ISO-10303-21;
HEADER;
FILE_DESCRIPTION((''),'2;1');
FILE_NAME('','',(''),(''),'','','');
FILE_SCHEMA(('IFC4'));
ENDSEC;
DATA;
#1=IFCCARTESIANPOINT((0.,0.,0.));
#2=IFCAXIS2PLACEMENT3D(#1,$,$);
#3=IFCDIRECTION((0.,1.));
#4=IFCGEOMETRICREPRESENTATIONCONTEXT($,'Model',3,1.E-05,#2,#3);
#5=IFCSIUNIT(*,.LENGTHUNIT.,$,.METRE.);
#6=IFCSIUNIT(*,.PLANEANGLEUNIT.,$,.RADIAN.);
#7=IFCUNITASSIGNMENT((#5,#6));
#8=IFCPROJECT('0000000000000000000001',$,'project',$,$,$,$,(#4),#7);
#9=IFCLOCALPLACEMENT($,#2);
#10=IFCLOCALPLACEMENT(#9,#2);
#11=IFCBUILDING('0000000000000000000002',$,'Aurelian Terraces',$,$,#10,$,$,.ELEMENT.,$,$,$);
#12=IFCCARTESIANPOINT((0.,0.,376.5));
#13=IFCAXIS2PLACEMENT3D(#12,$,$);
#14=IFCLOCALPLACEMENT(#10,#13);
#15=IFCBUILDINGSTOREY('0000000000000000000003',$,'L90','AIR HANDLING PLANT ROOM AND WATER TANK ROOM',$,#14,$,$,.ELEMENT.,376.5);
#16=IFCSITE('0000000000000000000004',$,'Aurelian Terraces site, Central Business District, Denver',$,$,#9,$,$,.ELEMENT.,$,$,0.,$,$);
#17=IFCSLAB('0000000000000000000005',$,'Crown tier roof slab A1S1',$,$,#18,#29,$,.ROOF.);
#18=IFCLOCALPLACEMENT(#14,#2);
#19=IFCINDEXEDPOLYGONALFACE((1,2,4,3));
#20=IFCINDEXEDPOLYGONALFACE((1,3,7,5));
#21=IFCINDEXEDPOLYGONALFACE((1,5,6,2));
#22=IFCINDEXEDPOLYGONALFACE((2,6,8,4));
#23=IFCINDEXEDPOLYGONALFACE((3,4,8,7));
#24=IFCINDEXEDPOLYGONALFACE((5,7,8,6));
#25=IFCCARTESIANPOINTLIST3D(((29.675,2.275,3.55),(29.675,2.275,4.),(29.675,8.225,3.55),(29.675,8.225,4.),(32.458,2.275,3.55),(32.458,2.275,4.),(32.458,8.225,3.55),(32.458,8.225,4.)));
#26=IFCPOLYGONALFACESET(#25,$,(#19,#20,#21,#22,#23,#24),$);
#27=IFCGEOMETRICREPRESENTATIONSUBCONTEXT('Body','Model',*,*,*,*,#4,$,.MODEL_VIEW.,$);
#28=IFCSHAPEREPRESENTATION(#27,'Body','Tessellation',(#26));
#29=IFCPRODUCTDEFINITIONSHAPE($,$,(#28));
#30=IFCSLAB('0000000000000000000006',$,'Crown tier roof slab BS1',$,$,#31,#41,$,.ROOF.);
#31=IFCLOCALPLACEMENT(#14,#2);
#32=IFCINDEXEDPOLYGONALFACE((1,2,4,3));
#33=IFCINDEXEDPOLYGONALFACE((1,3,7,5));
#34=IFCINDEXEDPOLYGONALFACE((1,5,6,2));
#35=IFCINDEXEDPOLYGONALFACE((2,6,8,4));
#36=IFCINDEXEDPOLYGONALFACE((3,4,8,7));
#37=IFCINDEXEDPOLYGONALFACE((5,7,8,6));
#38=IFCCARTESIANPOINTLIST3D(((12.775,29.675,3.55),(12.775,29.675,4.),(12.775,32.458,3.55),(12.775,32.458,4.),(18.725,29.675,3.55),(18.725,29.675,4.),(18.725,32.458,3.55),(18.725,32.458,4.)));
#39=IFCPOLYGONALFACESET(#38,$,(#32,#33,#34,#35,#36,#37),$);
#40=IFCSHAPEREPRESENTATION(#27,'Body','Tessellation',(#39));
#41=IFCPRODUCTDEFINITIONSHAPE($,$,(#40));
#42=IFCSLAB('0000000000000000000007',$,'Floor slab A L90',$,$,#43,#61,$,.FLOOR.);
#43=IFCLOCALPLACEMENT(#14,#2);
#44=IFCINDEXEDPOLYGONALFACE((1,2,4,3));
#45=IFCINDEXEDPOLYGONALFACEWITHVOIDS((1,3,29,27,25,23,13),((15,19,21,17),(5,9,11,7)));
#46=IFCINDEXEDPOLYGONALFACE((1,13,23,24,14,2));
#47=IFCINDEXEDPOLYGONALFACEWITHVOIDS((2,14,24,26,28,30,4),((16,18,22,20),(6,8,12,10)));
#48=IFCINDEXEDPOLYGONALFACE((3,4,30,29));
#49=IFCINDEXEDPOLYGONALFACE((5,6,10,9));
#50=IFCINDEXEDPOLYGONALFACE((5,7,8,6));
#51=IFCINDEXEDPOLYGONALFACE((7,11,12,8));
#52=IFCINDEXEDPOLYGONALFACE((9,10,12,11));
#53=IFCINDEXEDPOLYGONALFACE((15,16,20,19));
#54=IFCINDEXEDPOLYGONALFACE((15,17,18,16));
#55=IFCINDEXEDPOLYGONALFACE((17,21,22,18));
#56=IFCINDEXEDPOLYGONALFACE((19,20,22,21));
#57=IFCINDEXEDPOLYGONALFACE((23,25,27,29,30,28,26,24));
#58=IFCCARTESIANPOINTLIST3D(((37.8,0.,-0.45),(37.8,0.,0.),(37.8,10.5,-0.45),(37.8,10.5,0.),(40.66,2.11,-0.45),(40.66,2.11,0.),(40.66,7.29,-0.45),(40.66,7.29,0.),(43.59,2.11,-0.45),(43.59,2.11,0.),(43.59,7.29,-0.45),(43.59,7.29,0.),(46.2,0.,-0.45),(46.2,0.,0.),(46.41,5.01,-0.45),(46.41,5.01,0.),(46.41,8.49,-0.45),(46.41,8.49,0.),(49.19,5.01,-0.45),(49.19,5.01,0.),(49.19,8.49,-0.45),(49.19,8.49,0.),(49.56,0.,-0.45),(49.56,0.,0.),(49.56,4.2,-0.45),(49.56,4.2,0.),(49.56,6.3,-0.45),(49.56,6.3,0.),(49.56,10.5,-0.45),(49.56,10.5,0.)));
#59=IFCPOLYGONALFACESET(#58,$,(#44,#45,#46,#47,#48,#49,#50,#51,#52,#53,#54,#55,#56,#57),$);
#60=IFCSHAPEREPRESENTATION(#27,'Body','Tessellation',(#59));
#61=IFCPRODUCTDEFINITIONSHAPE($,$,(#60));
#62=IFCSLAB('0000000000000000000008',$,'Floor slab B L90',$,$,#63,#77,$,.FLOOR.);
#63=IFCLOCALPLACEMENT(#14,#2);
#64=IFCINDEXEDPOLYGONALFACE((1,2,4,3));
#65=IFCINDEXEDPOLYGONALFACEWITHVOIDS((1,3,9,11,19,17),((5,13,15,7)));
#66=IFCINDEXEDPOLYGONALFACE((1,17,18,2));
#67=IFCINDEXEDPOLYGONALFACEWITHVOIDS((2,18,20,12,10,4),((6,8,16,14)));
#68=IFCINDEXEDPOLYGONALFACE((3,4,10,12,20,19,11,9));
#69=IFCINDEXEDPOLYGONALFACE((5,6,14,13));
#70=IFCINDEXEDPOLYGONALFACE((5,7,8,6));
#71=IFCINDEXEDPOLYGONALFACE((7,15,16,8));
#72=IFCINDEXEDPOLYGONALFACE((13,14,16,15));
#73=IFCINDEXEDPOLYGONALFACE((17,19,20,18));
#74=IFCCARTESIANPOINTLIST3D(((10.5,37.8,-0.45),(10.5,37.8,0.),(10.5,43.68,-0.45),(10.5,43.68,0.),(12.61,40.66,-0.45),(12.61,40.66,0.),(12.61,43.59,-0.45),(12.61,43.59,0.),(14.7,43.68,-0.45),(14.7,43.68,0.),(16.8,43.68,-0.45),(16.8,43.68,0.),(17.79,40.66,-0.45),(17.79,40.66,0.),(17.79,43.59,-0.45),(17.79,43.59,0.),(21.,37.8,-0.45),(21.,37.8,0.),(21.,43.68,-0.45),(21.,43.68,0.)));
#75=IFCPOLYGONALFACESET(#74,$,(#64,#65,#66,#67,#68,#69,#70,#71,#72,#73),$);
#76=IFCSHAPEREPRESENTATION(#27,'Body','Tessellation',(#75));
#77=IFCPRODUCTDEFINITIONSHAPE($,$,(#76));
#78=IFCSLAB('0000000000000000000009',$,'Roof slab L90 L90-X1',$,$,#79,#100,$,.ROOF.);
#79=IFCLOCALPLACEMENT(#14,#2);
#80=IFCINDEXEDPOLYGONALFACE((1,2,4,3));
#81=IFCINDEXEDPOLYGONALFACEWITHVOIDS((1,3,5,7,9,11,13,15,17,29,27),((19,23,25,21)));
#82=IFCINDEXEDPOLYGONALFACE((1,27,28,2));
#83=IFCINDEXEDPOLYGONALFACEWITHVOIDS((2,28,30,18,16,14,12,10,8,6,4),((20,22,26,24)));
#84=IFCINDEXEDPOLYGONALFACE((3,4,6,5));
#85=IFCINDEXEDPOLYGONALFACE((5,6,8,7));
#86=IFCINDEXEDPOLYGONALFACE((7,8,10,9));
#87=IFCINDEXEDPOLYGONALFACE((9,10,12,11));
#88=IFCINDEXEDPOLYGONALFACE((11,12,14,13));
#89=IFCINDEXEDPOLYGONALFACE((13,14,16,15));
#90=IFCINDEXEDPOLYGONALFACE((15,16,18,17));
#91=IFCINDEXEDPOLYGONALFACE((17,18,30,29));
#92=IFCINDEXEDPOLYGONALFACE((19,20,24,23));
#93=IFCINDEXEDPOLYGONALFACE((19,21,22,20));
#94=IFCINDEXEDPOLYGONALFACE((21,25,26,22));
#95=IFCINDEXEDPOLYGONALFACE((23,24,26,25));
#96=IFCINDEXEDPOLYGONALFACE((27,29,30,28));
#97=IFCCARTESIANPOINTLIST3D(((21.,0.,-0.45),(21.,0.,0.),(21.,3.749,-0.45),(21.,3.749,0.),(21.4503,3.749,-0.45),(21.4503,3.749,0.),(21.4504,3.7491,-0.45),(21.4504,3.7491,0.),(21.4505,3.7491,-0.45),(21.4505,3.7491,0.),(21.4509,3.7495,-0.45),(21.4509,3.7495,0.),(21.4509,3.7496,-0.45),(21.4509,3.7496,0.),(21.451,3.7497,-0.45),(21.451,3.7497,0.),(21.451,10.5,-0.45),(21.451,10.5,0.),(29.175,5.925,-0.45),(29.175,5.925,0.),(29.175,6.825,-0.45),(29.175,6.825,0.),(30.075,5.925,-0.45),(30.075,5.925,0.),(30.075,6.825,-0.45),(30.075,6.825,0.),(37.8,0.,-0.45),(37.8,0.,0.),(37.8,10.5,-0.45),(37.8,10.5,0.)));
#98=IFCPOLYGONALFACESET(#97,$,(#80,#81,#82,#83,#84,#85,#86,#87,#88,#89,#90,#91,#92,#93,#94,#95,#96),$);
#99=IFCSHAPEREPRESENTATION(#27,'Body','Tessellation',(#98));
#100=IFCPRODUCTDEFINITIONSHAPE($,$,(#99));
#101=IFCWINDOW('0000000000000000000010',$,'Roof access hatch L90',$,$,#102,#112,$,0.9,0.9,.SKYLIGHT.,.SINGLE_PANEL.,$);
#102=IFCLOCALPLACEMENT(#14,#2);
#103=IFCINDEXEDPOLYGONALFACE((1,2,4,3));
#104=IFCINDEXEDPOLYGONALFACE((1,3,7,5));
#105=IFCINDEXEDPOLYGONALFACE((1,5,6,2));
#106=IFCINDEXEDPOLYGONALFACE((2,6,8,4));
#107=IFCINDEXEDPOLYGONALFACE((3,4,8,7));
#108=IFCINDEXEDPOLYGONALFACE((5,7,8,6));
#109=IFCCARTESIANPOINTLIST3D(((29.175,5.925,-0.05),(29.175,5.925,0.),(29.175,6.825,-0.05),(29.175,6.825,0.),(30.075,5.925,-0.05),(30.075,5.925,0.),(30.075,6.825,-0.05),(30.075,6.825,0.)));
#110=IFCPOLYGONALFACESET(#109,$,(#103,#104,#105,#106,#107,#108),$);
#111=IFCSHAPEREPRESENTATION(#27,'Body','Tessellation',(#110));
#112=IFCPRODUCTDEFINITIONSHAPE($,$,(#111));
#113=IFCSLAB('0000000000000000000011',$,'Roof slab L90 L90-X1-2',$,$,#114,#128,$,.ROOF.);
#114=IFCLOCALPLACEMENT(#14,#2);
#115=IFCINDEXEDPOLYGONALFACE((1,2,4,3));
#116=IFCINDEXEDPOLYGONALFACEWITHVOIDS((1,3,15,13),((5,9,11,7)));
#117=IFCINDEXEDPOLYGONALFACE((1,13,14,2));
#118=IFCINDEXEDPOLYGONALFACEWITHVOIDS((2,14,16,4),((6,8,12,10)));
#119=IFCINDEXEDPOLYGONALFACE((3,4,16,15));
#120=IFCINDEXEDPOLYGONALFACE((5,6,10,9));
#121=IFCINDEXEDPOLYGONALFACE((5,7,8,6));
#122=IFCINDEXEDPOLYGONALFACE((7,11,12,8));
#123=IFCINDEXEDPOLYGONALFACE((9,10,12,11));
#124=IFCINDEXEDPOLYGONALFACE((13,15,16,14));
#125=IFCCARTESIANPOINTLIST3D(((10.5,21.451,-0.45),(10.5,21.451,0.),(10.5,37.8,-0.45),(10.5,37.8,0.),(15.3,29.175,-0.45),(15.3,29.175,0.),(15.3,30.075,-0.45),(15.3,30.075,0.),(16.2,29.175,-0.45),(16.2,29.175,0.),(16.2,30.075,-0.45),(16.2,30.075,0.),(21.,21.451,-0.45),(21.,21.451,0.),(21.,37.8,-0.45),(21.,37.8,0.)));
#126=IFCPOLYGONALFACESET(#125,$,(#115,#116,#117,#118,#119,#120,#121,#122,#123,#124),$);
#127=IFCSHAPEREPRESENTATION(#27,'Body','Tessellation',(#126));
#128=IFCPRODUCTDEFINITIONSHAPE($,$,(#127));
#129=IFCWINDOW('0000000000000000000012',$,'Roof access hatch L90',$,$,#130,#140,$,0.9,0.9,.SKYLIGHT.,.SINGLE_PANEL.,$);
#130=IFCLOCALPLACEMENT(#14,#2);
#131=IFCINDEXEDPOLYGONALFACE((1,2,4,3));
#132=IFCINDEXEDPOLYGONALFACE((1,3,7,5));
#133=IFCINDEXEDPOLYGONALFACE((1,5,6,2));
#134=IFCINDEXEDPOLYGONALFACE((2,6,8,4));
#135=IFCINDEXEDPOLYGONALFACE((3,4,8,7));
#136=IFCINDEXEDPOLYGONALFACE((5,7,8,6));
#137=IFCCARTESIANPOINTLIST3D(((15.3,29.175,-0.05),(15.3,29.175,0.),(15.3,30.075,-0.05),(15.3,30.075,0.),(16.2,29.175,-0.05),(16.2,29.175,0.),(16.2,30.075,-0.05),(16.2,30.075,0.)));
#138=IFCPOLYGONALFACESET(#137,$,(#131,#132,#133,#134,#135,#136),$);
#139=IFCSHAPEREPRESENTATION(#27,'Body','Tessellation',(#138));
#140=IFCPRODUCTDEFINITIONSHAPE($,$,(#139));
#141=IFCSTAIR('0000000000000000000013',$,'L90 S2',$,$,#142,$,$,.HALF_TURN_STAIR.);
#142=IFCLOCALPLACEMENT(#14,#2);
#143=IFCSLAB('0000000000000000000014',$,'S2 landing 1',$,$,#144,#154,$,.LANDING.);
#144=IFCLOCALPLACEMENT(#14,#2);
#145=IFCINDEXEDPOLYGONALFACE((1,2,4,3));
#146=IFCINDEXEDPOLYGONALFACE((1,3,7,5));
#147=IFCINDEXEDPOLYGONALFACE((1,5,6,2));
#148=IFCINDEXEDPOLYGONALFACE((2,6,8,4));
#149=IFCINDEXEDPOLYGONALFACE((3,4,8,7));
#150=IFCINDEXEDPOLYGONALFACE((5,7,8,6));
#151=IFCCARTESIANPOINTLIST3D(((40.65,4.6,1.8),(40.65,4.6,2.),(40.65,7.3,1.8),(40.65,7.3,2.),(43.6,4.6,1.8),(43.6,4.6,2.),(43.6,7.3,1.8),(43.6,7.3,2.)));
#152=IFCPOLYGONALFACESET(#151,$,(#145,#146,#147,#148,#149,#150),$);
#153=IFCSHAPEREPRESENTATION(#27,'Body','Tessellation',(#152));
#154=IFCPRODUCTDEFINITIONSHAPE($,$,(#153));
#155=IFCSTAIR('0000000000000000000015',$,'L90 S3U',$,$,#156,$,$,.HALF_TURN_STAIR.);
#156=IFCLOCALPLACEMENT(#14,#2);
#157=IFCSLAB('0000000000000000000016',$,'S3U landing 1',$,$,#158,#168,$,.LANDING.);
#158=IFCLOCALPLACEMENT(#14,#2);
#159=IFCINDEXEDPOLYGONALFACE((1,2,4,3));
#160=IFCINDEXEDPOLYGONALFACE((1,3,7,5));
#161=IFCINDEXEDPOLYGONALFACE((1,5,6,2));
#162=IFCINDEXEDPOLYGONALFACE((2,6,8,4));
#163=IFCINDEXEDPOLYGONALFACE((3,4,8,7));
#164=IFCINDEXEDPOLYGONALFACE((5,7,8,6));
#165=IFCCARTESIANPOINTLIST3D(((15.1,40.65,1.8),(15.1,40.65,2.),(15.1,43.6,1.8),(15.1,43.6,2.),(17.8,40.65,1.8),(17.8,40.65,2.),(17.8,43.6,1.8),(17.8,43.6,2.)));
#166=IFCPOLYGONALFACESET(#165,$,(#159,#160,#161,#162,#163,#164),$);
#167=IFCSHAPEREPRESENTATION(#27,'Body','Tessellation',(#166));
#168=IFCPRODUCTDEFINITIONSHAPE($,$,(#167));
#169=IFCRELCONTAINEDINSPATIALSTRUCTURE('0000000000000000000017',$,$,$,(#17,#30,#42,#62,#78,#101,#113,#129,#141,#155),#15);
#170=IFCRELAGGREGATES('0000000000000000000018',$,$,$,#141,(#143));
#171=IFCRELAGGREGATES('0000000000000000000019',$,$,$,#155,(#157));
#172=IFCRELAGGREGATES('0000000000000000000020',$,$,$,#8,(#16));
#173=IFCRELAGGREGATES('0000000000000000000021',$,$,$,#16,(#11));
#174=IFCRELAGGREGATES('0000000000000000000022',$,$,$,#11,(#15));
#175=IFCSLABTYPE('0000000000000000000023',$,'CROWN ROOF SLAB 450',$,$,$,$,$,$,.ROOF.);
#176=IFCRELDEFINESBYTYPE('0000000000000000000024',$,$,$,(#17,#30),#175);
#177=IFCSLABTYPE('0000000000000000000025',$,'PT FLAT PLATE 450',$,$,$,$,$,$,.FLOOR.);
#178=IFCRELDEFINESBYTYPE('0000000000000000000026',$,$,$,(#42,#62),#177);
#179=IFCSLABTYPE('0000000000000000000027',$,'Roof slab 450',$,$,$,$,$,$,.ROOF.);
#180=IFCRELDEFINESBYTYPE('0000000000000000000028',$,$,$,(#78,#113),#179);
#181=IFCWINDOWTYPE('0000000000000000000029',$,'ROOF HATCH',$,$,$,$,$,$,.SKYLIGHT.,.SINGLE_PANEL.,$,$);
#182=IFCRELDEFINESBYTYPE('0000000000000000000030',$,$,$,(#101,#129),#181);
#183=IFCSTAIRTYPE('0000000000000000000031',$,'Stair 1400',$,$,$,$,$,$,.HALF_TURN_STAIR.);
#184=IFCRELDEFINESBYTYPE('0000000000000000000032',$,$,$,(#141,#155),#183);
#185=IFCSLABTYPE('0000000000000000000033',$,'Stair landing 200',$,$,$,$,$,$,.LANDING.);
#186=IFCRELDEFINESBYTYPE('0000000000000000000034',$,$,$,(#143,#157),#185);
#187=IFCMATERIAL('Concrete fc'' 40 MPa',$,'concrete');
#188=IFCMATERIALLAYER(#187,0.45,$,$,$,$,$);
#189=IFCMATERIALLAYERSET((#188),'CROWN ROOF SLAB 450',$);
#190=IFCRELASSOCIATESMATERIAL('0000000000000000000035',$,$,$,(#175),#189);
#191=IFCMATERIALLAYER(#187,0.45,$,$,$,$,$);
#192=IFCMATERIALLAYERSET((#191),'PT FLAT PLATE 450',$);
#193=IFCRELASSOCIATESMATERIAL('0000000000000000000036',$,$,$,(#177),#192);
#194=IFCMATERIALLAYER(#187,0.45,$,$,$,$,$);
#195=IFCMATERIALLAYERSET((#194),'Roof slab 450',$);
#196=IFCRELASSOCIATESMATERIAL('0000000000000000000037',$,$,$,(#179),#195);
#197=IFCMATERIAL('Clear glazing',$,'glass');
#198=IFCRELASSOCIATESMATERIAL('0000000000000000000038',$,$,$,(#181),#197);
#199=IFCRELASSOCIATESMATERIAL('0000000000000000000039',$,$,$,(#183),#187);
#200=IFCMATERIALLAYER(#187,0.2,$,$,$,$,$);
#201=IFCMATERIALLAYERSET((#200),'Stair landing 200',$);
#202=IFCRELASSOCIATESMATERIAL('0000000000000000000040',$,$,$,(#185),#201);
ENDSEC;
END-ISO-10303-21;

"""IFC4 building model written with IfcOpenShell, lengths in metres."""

from ifc_helpers import new_model, si_unit, direction, frame, origin, origin_2d, place, context, subcontext, project, spatial, polyline, rectangle, outline, extrude, source, transform, mapped, material, layer, layer_set, type_object, element, fill, aggregate, save


model = new_model("IFC4")

# Units and contexts
model_context = context("Model", 3, precision=1e-05, world=origin(), true_north=direction((0.0, 1.0)))
body_context = subcontext(model_context, "Body", "Model", "MODEL_VIEW")
ifc_project = project(units=[si_unit("LENGTHUNIT", "METRE"), si_unit("PLANEANGLEUNIT", "RADIAN")], contexts=[model_context])

# Site, building, storey
site_placement = place(None, origin())
site = spatial("IfcSite", under=ifc_project, at=site_placement, Name="Aurelian Terraces site, Central Business District, Denver", CompositionType="ELEMENT", RefElevation=0.0)
building_placement = place(site_placement, origin())
building = spatial("IfcBuilding", under=site, at=building_placement, Name="Aurelian Terraces", CompositionType="ELEMENT")
storey_placement = place(building_placement, frame((0.0, 0.0, 376.5)))
storey = spatial("IfcBuildingStorey", under=building, at=storey_placement, Name="L90", Description="AIR HANDLING PLANT ROOM AND WATER TANK ROOM", CompositionType="ELEMENT", Elevation=376.5)

# Slabs
ifc_material_1 = material(Name="Concrete fc' 40 MPa", Category="concrete")
ifc_layer_1 = layer(ifc_material_1, 0.45)
ifc_layer_set_1 = layer_set([ifc_layer_1], Name="CROWN ROOF SLAB 450")
slab_type_1 = type_object("IfcSlabType", Name="CROWN ROOF SLAB 450", PredefinedType="ROOF", material=ifc_layer_set_1)
slab_1_placement = place(storey_placement, frame((0.0, 0.0, 3.55)))
element("IfcSlab", 1, at=slab_1_placement, inside=storey, type_object=slab_type_1, Name="Crown tier roof slab A1S1", PredefinedType="ROOF", context=body_context, shape_type="SweptSolid", body=[
    extrude(outline(polyline([(32.458, 2.275), (32.458, 8.225), (29.675, 8.225), (29.675, 2.275), (32.458, 2.275)])), origin(), (0.0, 0.0, 1.0), 0.45),
])
slab_2_placement = place(storey_placement, frame((0.0, 0.0, 3.55)))
element("IfcSlab", 2, at=slab_2_placement, inside=storey, type_object=slab_type_1, Name="Crown tier roof slab BS1", PredefinedType="ROOF", context=body_context, shape_type="SweptSolid", body=[
    extrude(outline(polyline([(18.725, 29.675), (18.725, 32.458), (12.775, 32.458), (12.775, 29.675), (18.725, 29.675)])), origin(), (0.0, 0.0, 1.0), 0.45),
])
ifc_layer_2 = layer(ifc_material_1, 0.45)
ifc_layer_set_2 = layer_set([ifc_layer_2], Name="PT FLAT PLATE 450")
slab_type_2 = type_object("IfcSlabType", Name="PT FLAT PLATE 450", PredefinedType="FLOOR", material=ifc_layer_set_2)
slab_3_placement = place(storey_placement, frame((0.0, 0.0, -0.45)))
element("IfcSlab", 3, at=slab_3_placement, inside=storey, type_object=slab_type_2, Name="Floor slab A L90", PredefinedType="FLOOR", context=body_context, shape_type="SweptSolid", body=[
    extrude(outline(polyline([(37.8, 0.0), (37.8, 10.5), (49.56, 10.5), (49.56, 6.3), (49.56, 4.2), (49.56, 0.0), (46.2, 0.0), (37.8, 0.0)]), holes=[polyline([(46.41, 8.49), (46.41, 5.01), (49.19, 5.01), (49.19, 8.49), (46.41, 8.49)]), polyline([(43.59, 2.11), (43.59, 7.29), (40.66, 7.29), (40.66, 2.11), (43.59, 2.11)])]), origin(), (0.0, 0.0, 1.0), 0.45),
])
slab_4_placement = place(storey_placement, frame((0.0, 0.0, -0.45)))
element("IfcSlab", 4, at=slab_4_placement, inside=storey, type_object=slab_type_2, Name="Floor slab B L90", PredefinedType="FLOOR", context=body_context, shape_type="SweptSolid", body=[
    extrude(outline(polyline([(14.7, 43.68), (16.8, 43.68), (21.0, 43.68), (21.0, 37.8), (10.5, 37.8), (10.5, 43.68), (14.7, 43.68)]), holes=[polyline([(12.61, 43.59), (12.61, 40.66), (17.79, 40.66), (17.79, 43.59), (12.61, 43.59)])]), origin(), (0.0, 0.0, 1.0), 0.45),
])

# Slabs, openings, windows
ifc_layer_3 = layer(ifc_material_1, 0.45)
ifc_layer_set_3 = layer_set([ifc_layer_3], Name="Roof slab 450")
slab_type_3 = type_object("IfcSlabType", Name="Roof slab 450", PredefinedType="ROOF", material=ifc_layer_set_3)
slab_5_placement = place(storey_placement, frame((0.0, 0.0, -0.45)))
slab_5 = element("IfcSlab", 5, at=slab_5_placement, inside=storey, type_object=slab_type_3, Name="Roof slab L90 L90-X1", PredefinedType="ROOF", context=body_context, shape_type="SweptSolid", body=[
    extrude(outline(polyline([(21.0, 0.0), (21.0, 3.749), (21.45, 3.749), (21.4501, 3.749), (21.4502, 3.749), (21.4503, 3.749), (21.4504, 3.7491), (21.4505, 3.7491), (21.4506, 3.7492), (21.4506, 3.7492), (21.4507, 3.7493), (21.4508, 3.7494), (21.4508, 3.7494), (21.4509, 3.7495), (21.4509, 3.7496), (21.451, 3.7497), (21.451, 3.7498), (21.451, 3.7499), (21.451, 3.75), (21.451, 10.5), (37.8, 10.5), (37.8, 0.0), (29.4, 0.0), (21.0, 0.0)])), origin(), (0.0, 0.0, 1.0), 0.45),
])
shared_shape_1 = source(origin(), body_context, "Body", "SweptSolid", [
    extrude(rectangle(XDim=0.9, YDim=0.9, at=origin_2d()), frame((0.0, 0.0, -0.01)), (0.0, 0.0, 1.0), 0.47),
])
opening_1_placement = place(slab_5_placement, frame((29.625, 6.375, 0.0)))
opening_1 = element("IfcOpeningElement", 6, at=opening_1_placement, cuts=slab_5, PredefinedType="OPENING", context=body_context, shape_type="MappedRepresentation", body=[
    mapped(shared_shape_1, transform((0.0, 0.0, 0.0), scale=1.0)),
])
ifc_material_2 = material(Name="Clear glazing", Category="glass")
window_type = type_object("IfcWindowType", Name="ROOF HATCH", PartitioningType="SINGLE_PANEL", PredefinedType="SKYLIGHT", material=ifc_material_2)
shared_shape_2 = source(origin(), body_context, "Body", "SweptSolid", [
    extrude(rectangle(XDim=0.9, YDim=0.9, at=origin_2d()), origin(), (0.0, 0.0, 1.0), 0.05),
])
window_1_placement = place(opening_1_placement, frame((0.0, 0.0, 0.4)))
window_1 = element("IfcWindow", 7, at=window_1_placement, inside=storey, type_object=window_type, Name="Roof access hatch L90", OverallHeight=0.9, OverallWidth=0.9, PartitioningType="SINGLE_PANEL", PredefinedType="SKYLIGHT", context=body_context, shape_type="MappedRepresentation", body=[
    mapped(shared_shape_2, transform((0.0, 0.0, 0.0), scale=1.0)),
])
fill(opening_1, window_1)
slab_6_placement = place(storey_placement, frame((0.0, 0.0, -0.45)))
slab_6 = element("IfcSlab", 8, at=slab_6_placement, inside=storey, type_object=slab_type_3, Name="Roof slab L90 L90-X1-2", PredefinedType="ROOF", context=body_context, shape_type="SweptSolid", body=[
    extrude(outline(polyline([(10.5, 37.8), (21.0, 37.8), (21.0, 29.4), (21.0, 21.451), (10.5, 21.451), (10.5, 37.8)])), origin(), (0.0, 0.0, 1.0), 0.45),
])
opening_2_placement = place(slab_6_placement, frame((15.75, 29.625, 0.0)))
opening_2 = element("IfcOpeningElement", 9, at=opening_2_placement, cuts=slab_6, PredefinedType="OPENING", context=body_context, shape_type="MappedRepresentation", body=[
    mapped(shared_shape_1, transform((0.0, 0.0, 0.0), scale=1.0)),
])
window_2_placement = place(opening_2_placement, frame((0.0, 0.0, 0.4)))
window_2 = element("IfcWindow", 10, at=window_2_placement, inside=storey, type_object=window_type, Name="Roof access hatch L90", OverallHeight=0.9, OverallWidth=0.9, PartitioningType="SINGLE_PANEL", PredefinedType="SKYLIGHT", context=body_context, shape_type="MappedRepresentation", body=[
    mapped(shared_shape_2, transform((0.0, 0.0, 0.0), scale=1.0)),
])
fill(opening_2, window_2)

# Stairs, slabs
stair_type = type_object("IfcStairType", Name="Stair 1400", PredefinedType="HALF_TURN_STAIR", material=ifc_material_1)
stair_1_placement = place(storey_placement, origin())
stair_1 = element("IfcStair", 11, at=stair_1_placement, inside=storey, type_object=stair_type, Name="L90 S2", PredefinedType="HALF_TURN_STAIR")
ifc_layer_4 = layer(ifc_material_1, 0.2)
ifc_layer_set_4 = layer_set([ifc_layer_4], Name="Stair landing 200")
slab_type_4 = type_object("IfcSlabType", Name="Stair landing 200", PredefinedType="LANDING", material=ifc_layer_set_4)
shared_shape_3 = source(origin(), body_context, "Body", "SweptSolid", [
    extrude(outline(polyline([(43.6, 4.6), (43.6, 7.3), (40.65, 7.3), (40.65, 4.6), (43.6, 4.6)])), origin(), (0.0, 0.0, 1.0), 0.2),
])
slab_7_placement = place(storey_placement, frame((0.0, 0.0, 1.8)))
slab_7 = element("IfcSlab", 12, at=slab_7_placement, type_object=slab_type_4, Name="S2 landing 1", PredefinedType="LANDING", context=body_context, shape_type="MappedRepresentation", body=[
    mapped(shared_shape_3, transform((0.0, 0.0, 0.0), scale=1.0)),
])
aggregate(stair_1, [slab_7])
stair_2_placement = place(storey_placement, origin())
stair_2 = element("IfcStair", 13, at=stair_2_placement, inside=storey, type_object=stair_type, Name="L90 S3U", PredefinedType="HALF_TURN_STAIR")
shared_shape_4 = source(origin(), body_context, "Body", "SweptSolid", [
    extrude(outline(polyline([(15.1, 40.65), (17.8, 40.65), (17.8, 43.6), (15.1, 43.6), (15.1, 40.65)])), origin(), (0.0, 0.0, 1.0), 0.2),
])
slab_8_placement = place(storey_placement, frame((0.0, 0.0, 1.8)))
slab_8 = element("IfcSlab", 14, at=slab_8_placement, type_object=slab_type_4, Name="S3U landing 1", PredefinedType="LANDING", context=body_context, shape_type="MappedRepresentation", body=[
    mapped(shared_shape_4, transform((0.0, 0.0, 0.0), scale=1.0)),
])
aggregate(stair_2, [slab_8])

save(model, "model.ifc")
